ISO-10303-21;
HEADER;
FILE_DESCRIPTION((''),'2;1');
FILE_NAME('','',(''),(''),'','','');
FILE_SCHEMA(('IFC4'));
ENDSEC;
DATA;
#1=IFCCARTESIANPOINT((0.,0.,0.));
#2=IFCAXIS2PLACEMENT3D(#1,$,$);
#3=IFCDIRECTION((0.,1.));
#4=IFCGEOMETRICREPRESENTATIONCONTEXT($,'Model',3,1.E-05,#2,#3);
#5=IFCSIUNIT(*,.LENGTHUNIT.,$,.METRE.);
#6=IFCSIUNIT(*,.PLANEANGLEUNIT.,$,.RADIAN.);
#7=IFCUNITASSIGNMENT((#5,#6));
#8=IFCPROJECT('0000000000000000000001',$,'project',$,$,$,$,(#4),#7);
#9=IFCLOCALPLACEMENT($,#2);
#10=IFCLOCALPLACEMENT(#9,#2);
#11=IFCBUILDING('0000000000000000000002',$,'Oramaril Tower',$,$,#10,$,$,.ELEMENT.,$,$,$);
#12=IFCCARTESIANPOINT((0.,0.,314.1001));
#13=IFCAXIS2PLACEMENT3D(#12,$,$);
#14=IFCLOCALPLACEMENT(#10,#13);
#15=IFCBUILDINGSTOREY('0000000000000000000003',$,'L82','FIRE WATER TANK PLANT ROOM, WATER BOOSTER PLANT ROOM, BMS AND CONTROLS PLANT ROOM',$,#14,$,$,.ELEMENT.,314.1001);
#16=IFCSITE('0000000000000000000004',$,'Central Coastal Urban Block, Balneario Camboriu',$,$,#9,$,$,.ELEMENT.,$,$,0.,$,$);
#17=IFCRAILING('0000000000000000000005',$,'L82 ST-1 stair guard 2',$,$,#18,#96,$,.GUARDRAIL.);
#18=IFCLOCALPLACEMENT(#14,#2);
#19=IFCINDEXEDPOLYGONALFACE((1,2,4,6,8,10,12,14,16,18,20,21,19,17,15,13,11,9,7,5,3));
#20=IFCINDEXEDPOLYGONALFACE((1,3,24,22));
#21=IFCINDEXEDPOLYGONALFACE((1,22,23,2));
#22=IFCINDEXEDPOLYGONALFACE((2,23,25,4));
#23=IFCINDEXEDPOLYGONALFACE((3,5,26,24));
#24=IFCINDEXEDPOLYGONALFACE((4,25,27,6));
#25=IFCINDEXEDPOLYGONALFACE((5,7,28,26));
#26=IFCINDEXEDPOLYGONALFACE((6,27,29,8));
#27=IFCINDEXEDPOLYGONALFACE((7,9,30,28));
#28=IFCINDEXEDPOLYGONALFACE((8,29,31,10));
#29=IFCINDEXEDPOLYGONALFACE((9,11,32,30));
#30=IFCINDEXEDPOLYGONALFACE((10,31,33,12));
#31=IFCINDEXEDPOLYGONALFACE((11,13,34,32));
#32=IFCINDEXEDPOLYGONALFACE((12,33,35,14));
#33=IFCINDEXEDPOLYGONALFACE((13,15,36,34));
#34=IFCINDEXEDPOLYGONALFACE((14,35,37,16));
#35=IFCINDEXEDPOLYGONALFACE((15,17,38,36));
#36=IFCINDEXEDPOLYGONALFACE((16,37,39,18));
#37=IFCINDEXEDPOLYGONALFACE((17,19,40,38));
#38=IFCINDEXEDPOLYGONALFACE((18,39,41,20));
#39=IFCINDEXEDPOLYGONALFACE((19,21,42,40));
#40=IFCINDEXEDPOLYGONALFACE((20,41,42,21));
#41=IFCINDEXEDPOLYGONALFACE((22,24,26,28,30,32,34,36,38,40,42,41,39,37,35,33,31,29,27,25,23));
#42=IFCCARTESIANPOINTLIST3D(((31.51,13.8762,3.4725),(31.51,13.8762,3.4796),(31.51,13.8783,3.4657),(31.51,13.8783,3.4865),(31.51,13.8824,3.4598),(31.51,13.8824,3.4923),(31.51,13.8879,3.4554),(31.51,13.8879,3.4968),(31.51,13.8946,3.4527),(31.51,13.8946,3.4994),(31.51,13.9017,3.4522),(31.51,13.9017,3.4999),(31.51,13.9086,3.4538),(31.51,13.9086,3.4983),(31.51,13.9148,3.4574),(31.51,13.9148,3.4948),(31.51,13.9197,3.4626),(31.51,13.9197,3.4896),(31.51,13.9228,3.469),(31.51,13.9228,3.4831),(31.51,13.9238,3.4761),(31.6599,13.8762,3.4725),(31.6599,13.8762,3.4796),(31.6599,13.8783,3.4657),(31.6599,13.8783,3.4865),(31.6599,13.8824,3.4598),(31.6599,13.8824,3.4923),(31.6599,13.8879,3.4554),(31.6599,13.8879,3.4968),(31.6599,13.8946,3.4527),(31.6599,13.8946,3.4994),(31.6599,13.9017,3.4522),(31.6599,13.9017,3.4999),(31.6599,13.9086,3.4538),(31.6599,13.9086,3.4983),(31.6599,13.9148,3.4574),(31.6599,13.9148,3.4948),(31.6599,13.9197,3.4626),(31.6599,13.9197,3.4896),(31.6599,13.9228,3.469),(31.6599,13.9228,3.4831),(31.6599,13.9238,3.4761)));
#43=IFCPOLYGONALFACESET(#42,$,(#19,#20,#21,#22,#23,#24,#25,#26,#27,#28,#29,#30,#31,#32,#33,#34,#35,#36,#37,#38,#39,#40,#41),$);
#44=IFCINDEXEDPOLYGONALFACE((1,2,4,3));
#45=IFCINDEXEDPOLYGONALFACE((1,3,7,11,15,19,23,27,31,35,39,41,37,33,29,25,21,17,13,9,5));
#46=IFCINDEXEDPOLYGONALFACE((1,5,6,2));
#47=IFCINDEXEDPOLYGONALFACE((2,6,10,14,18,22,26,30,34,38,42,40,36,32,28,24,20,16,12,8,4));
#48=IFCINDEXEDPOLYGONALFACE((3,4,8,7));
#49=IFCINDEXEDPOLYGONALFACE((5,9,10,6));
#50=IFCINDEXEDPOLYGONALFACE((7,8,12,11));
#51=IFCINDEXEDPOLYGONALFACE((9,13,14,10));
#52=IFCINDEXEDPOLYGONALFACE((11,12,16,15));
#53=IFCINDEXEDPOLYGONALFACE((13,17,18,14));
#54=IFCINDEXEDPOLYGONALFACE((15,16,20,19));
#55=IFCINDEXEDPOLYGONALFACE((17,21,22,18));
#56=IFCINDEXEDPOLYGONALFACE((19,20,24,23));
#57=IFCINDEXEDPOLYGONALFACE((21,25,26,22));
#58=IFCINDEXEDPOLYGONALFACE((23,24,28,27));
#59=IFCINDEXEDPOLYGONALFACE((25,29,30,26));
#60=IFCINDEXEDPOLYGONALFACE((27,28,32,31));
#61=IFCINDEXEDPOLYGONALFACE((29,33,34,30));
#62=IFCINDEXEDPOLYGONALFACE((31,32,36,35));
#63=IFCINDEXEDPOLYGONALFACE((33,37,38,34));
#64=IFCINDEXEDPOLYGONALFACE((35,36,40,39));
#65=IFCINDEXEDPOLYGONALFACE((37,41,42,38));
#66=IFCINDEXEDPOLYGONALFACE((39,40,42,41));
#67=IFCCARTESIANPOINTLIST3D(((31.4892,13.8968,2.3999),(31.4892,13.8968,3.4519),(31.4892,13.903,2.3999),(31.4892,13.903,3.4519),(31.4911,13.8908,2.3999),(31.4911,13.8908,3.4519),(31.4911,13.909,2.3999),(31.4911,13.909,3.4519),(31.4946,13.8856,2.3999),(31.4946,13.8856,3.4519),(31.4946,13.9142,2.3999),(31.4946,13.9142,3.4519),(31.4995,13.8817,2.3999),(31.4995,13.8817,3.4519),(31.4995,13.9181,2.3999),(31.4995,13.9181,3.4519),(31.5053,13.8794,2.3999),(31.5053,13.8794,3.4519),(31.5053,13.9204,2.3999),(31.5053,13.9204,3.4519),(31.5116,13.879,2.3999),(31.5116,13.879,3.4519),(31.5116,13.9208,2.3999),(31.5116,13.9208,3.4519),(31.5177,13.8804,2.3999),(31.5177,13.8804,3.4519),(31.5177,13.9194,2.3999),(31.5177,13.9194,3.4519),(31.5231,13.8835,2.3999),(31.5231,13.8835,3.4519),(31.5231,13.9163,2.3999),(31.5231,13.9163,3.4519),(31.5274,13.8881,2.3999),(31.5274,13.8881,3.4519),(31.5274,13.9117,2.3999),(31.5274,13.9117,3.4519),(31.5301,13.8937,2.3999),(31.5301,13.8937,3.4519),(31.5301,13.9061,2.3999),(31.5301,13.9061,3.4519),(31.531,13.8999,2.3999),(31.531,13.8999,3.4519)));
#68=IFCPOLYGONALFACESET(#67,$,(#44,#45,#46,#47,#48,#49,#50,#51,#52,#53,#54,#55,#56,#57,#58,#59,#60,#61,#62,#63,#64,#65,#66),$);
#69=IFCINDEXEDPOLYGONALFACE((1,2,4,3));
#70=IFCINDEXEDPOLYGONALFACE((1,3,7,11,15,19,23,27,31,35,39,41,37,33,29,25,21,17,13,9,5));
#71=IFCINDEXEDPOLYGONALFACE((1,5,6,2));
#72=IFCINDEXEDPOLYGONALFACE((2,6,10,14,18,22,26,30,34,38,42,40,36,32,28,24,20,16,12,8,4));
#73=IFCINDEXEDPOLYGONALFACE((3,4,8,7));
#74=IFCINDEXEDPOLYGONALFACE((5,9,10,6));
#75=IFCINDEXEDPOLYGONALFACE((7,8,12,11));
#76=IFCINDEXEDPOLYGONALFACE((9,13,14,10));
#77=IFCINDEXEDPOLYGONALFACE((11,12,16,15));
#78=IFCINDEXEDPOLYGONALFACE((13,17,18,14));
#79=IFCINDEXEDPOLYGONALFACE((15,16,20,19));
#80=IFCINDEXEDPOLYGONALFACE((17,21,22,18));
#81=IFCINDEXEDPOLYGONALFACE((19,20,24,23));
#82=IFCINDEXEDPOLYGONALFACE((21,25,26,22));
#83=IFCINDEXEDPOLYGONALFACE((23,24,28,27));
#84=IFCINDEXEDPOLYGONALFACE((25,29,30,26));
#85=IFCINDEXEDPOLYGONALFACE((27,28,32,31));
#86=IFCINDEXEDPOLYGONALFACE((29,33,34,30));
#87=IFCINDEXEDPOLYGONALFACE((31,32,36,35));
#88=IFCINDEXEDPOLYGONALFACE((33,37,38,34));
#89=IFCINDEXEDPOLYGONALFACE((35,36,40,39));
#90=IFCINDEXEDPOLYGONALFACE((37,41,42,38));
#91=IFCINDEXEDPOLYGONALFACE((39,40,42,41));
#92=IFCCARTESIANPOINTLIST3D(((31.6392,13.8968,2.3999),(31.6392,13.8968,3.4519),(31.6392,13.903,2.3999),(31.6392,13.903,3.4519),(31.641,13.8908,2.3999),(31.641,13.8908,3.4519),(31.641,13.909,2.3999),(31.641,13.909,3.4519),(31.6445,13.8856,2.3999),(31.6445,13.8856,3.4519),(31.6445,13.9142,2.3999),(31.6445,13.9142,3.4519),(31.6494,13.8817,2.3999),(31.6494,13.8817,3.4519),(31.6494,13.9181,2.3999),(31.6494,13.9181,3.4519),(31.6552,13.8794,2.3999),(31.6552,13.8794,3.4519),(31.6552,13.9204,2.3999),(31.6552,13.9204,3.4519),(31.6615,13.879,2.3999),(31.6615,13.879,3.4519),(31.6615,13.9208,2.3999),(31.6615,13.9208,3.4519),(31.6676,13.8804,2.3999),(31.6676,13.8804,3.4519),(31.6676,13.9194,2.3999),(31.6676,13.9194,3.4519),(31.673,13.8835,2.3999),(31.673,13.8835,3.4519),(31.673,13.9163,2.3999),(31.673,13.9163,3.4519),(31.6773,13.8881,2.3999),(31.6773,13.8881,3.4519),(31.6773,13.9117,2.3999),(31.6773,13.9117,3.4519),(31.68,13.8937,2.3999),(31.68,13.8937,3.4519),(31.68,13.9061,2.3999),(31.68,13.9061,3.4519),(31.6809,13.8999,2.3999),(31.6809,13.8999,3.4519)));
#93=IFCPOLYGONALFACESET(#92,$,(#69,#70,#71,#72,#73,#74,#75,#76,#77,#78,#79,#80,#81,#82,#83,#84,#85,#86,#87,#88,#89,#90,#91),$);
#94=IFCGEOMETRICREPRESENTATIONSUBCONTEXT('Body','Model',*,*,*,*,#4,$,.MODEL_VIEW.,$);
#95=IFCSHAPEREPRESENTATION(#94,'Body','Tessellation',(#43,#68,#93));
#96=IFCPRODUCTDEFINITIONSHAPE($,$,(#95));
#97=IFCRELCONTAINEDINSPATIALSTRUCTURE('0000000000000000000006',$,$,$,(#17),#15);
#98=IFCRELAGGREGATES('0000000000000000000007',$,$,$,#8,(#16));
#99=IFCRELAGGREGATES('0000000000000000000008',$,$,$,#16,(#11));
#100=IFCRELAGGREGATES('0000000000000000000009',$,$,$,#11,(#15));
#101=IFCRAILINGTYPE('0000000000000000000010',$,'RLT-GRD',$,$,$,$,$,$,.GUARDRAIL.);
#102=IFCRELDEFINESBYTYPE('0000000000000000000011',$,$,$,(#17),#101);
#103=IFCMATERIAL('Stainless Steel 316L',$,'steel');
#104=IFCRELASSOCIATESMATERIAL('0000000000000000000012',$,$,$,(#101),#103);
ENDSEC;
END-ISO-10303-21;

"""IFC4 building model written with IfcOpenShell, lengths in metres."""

from ifc_helpers import new_model, si_unit, direction, frame, origin, origin_2d, place, context, subcontext, project, spatial, circle, extrude, material, type_object, element, save


model = new_model("IFC4")

# Units and contexts
model_context = context("Model", 3, precision=1e-05, world=origin(), true_north=direction((0.0, 1.0)))
body_context = subcontext(model_context, "Body", "Model", "MODEL_VIEW")
ifc_project = project(units=[si_unit("LENGTHUNIT", "METRE"), si_unit("PLANEANGLEUNIT", "RADIAN")], contexts=[model_context])

# Site, building, storey
site_placement = place(None, origin())
site = spatial("IfcSite", under=ifc_project, at=site_placement, Name="Central Coastal Urban Block, Balneario Camboriu", CompositionType="ELEMENT", RefElevation=0.0)
building_placement = place(site_placement, origin())
building = spatial("IfcBuilding", under=site, at=building_placement, Name="Oramaril Tower", CompositionType="ELEMENT")
storey_placement = place(building_placement, frame((0.0, 0.0, 314.1001)))
storey = spatial("IfcBuildingStorey", under=building, at=storey_placement, Name="L82", Description="FIRE WATER TANK PLANT ROOM, WATER BOOSTER PLANT ROOM, BMS AND CONTROLS PLANT ROOM", CompositionType="ELEMENT", Elevation=314.1001)

# Railing
ifc_material_1 = material(Name="Stainless Steel 316L", Category="steel")
railing_type_1 = type_object("IfcRailingType", Name="RLT-GRD", PredefinedType="GUARDRAIL", material=ifc_material_1)
railing_1_placement = place(storey_placement, frame((31.51, 13.8999, 2.3999)))
element("IfcRailing", 1, at=railing_1_placement, inside=storey, type_object=railing_type_1, Name="L82 ST-1 stair guard 2", PredefinedType="GUARDRAIL", context=body_context, shape_type="SweptSolid", body=[
    extrude(circle(Radius=0.0239, at=origin_2d()), frame((0.0, 0.0, 1.0762), z_axis=(1.0, 0.0, 0.0), x_axis=(0.0, 1.0, 0.0)), (0.0, 0.0, 1.0), 0.1499),
    extrude(circle(Radius=0.021, at=origin_2d()), origin(), (0.0, 0.0, 1.0), 1.052),
    extrude(circle(Radius=0.021, at=origin_2d()), frame((0.1499, 0.0, 0.0)), (0.0, 0.0, 1.0), 1.052),
])

save(model, "model.ifc")
